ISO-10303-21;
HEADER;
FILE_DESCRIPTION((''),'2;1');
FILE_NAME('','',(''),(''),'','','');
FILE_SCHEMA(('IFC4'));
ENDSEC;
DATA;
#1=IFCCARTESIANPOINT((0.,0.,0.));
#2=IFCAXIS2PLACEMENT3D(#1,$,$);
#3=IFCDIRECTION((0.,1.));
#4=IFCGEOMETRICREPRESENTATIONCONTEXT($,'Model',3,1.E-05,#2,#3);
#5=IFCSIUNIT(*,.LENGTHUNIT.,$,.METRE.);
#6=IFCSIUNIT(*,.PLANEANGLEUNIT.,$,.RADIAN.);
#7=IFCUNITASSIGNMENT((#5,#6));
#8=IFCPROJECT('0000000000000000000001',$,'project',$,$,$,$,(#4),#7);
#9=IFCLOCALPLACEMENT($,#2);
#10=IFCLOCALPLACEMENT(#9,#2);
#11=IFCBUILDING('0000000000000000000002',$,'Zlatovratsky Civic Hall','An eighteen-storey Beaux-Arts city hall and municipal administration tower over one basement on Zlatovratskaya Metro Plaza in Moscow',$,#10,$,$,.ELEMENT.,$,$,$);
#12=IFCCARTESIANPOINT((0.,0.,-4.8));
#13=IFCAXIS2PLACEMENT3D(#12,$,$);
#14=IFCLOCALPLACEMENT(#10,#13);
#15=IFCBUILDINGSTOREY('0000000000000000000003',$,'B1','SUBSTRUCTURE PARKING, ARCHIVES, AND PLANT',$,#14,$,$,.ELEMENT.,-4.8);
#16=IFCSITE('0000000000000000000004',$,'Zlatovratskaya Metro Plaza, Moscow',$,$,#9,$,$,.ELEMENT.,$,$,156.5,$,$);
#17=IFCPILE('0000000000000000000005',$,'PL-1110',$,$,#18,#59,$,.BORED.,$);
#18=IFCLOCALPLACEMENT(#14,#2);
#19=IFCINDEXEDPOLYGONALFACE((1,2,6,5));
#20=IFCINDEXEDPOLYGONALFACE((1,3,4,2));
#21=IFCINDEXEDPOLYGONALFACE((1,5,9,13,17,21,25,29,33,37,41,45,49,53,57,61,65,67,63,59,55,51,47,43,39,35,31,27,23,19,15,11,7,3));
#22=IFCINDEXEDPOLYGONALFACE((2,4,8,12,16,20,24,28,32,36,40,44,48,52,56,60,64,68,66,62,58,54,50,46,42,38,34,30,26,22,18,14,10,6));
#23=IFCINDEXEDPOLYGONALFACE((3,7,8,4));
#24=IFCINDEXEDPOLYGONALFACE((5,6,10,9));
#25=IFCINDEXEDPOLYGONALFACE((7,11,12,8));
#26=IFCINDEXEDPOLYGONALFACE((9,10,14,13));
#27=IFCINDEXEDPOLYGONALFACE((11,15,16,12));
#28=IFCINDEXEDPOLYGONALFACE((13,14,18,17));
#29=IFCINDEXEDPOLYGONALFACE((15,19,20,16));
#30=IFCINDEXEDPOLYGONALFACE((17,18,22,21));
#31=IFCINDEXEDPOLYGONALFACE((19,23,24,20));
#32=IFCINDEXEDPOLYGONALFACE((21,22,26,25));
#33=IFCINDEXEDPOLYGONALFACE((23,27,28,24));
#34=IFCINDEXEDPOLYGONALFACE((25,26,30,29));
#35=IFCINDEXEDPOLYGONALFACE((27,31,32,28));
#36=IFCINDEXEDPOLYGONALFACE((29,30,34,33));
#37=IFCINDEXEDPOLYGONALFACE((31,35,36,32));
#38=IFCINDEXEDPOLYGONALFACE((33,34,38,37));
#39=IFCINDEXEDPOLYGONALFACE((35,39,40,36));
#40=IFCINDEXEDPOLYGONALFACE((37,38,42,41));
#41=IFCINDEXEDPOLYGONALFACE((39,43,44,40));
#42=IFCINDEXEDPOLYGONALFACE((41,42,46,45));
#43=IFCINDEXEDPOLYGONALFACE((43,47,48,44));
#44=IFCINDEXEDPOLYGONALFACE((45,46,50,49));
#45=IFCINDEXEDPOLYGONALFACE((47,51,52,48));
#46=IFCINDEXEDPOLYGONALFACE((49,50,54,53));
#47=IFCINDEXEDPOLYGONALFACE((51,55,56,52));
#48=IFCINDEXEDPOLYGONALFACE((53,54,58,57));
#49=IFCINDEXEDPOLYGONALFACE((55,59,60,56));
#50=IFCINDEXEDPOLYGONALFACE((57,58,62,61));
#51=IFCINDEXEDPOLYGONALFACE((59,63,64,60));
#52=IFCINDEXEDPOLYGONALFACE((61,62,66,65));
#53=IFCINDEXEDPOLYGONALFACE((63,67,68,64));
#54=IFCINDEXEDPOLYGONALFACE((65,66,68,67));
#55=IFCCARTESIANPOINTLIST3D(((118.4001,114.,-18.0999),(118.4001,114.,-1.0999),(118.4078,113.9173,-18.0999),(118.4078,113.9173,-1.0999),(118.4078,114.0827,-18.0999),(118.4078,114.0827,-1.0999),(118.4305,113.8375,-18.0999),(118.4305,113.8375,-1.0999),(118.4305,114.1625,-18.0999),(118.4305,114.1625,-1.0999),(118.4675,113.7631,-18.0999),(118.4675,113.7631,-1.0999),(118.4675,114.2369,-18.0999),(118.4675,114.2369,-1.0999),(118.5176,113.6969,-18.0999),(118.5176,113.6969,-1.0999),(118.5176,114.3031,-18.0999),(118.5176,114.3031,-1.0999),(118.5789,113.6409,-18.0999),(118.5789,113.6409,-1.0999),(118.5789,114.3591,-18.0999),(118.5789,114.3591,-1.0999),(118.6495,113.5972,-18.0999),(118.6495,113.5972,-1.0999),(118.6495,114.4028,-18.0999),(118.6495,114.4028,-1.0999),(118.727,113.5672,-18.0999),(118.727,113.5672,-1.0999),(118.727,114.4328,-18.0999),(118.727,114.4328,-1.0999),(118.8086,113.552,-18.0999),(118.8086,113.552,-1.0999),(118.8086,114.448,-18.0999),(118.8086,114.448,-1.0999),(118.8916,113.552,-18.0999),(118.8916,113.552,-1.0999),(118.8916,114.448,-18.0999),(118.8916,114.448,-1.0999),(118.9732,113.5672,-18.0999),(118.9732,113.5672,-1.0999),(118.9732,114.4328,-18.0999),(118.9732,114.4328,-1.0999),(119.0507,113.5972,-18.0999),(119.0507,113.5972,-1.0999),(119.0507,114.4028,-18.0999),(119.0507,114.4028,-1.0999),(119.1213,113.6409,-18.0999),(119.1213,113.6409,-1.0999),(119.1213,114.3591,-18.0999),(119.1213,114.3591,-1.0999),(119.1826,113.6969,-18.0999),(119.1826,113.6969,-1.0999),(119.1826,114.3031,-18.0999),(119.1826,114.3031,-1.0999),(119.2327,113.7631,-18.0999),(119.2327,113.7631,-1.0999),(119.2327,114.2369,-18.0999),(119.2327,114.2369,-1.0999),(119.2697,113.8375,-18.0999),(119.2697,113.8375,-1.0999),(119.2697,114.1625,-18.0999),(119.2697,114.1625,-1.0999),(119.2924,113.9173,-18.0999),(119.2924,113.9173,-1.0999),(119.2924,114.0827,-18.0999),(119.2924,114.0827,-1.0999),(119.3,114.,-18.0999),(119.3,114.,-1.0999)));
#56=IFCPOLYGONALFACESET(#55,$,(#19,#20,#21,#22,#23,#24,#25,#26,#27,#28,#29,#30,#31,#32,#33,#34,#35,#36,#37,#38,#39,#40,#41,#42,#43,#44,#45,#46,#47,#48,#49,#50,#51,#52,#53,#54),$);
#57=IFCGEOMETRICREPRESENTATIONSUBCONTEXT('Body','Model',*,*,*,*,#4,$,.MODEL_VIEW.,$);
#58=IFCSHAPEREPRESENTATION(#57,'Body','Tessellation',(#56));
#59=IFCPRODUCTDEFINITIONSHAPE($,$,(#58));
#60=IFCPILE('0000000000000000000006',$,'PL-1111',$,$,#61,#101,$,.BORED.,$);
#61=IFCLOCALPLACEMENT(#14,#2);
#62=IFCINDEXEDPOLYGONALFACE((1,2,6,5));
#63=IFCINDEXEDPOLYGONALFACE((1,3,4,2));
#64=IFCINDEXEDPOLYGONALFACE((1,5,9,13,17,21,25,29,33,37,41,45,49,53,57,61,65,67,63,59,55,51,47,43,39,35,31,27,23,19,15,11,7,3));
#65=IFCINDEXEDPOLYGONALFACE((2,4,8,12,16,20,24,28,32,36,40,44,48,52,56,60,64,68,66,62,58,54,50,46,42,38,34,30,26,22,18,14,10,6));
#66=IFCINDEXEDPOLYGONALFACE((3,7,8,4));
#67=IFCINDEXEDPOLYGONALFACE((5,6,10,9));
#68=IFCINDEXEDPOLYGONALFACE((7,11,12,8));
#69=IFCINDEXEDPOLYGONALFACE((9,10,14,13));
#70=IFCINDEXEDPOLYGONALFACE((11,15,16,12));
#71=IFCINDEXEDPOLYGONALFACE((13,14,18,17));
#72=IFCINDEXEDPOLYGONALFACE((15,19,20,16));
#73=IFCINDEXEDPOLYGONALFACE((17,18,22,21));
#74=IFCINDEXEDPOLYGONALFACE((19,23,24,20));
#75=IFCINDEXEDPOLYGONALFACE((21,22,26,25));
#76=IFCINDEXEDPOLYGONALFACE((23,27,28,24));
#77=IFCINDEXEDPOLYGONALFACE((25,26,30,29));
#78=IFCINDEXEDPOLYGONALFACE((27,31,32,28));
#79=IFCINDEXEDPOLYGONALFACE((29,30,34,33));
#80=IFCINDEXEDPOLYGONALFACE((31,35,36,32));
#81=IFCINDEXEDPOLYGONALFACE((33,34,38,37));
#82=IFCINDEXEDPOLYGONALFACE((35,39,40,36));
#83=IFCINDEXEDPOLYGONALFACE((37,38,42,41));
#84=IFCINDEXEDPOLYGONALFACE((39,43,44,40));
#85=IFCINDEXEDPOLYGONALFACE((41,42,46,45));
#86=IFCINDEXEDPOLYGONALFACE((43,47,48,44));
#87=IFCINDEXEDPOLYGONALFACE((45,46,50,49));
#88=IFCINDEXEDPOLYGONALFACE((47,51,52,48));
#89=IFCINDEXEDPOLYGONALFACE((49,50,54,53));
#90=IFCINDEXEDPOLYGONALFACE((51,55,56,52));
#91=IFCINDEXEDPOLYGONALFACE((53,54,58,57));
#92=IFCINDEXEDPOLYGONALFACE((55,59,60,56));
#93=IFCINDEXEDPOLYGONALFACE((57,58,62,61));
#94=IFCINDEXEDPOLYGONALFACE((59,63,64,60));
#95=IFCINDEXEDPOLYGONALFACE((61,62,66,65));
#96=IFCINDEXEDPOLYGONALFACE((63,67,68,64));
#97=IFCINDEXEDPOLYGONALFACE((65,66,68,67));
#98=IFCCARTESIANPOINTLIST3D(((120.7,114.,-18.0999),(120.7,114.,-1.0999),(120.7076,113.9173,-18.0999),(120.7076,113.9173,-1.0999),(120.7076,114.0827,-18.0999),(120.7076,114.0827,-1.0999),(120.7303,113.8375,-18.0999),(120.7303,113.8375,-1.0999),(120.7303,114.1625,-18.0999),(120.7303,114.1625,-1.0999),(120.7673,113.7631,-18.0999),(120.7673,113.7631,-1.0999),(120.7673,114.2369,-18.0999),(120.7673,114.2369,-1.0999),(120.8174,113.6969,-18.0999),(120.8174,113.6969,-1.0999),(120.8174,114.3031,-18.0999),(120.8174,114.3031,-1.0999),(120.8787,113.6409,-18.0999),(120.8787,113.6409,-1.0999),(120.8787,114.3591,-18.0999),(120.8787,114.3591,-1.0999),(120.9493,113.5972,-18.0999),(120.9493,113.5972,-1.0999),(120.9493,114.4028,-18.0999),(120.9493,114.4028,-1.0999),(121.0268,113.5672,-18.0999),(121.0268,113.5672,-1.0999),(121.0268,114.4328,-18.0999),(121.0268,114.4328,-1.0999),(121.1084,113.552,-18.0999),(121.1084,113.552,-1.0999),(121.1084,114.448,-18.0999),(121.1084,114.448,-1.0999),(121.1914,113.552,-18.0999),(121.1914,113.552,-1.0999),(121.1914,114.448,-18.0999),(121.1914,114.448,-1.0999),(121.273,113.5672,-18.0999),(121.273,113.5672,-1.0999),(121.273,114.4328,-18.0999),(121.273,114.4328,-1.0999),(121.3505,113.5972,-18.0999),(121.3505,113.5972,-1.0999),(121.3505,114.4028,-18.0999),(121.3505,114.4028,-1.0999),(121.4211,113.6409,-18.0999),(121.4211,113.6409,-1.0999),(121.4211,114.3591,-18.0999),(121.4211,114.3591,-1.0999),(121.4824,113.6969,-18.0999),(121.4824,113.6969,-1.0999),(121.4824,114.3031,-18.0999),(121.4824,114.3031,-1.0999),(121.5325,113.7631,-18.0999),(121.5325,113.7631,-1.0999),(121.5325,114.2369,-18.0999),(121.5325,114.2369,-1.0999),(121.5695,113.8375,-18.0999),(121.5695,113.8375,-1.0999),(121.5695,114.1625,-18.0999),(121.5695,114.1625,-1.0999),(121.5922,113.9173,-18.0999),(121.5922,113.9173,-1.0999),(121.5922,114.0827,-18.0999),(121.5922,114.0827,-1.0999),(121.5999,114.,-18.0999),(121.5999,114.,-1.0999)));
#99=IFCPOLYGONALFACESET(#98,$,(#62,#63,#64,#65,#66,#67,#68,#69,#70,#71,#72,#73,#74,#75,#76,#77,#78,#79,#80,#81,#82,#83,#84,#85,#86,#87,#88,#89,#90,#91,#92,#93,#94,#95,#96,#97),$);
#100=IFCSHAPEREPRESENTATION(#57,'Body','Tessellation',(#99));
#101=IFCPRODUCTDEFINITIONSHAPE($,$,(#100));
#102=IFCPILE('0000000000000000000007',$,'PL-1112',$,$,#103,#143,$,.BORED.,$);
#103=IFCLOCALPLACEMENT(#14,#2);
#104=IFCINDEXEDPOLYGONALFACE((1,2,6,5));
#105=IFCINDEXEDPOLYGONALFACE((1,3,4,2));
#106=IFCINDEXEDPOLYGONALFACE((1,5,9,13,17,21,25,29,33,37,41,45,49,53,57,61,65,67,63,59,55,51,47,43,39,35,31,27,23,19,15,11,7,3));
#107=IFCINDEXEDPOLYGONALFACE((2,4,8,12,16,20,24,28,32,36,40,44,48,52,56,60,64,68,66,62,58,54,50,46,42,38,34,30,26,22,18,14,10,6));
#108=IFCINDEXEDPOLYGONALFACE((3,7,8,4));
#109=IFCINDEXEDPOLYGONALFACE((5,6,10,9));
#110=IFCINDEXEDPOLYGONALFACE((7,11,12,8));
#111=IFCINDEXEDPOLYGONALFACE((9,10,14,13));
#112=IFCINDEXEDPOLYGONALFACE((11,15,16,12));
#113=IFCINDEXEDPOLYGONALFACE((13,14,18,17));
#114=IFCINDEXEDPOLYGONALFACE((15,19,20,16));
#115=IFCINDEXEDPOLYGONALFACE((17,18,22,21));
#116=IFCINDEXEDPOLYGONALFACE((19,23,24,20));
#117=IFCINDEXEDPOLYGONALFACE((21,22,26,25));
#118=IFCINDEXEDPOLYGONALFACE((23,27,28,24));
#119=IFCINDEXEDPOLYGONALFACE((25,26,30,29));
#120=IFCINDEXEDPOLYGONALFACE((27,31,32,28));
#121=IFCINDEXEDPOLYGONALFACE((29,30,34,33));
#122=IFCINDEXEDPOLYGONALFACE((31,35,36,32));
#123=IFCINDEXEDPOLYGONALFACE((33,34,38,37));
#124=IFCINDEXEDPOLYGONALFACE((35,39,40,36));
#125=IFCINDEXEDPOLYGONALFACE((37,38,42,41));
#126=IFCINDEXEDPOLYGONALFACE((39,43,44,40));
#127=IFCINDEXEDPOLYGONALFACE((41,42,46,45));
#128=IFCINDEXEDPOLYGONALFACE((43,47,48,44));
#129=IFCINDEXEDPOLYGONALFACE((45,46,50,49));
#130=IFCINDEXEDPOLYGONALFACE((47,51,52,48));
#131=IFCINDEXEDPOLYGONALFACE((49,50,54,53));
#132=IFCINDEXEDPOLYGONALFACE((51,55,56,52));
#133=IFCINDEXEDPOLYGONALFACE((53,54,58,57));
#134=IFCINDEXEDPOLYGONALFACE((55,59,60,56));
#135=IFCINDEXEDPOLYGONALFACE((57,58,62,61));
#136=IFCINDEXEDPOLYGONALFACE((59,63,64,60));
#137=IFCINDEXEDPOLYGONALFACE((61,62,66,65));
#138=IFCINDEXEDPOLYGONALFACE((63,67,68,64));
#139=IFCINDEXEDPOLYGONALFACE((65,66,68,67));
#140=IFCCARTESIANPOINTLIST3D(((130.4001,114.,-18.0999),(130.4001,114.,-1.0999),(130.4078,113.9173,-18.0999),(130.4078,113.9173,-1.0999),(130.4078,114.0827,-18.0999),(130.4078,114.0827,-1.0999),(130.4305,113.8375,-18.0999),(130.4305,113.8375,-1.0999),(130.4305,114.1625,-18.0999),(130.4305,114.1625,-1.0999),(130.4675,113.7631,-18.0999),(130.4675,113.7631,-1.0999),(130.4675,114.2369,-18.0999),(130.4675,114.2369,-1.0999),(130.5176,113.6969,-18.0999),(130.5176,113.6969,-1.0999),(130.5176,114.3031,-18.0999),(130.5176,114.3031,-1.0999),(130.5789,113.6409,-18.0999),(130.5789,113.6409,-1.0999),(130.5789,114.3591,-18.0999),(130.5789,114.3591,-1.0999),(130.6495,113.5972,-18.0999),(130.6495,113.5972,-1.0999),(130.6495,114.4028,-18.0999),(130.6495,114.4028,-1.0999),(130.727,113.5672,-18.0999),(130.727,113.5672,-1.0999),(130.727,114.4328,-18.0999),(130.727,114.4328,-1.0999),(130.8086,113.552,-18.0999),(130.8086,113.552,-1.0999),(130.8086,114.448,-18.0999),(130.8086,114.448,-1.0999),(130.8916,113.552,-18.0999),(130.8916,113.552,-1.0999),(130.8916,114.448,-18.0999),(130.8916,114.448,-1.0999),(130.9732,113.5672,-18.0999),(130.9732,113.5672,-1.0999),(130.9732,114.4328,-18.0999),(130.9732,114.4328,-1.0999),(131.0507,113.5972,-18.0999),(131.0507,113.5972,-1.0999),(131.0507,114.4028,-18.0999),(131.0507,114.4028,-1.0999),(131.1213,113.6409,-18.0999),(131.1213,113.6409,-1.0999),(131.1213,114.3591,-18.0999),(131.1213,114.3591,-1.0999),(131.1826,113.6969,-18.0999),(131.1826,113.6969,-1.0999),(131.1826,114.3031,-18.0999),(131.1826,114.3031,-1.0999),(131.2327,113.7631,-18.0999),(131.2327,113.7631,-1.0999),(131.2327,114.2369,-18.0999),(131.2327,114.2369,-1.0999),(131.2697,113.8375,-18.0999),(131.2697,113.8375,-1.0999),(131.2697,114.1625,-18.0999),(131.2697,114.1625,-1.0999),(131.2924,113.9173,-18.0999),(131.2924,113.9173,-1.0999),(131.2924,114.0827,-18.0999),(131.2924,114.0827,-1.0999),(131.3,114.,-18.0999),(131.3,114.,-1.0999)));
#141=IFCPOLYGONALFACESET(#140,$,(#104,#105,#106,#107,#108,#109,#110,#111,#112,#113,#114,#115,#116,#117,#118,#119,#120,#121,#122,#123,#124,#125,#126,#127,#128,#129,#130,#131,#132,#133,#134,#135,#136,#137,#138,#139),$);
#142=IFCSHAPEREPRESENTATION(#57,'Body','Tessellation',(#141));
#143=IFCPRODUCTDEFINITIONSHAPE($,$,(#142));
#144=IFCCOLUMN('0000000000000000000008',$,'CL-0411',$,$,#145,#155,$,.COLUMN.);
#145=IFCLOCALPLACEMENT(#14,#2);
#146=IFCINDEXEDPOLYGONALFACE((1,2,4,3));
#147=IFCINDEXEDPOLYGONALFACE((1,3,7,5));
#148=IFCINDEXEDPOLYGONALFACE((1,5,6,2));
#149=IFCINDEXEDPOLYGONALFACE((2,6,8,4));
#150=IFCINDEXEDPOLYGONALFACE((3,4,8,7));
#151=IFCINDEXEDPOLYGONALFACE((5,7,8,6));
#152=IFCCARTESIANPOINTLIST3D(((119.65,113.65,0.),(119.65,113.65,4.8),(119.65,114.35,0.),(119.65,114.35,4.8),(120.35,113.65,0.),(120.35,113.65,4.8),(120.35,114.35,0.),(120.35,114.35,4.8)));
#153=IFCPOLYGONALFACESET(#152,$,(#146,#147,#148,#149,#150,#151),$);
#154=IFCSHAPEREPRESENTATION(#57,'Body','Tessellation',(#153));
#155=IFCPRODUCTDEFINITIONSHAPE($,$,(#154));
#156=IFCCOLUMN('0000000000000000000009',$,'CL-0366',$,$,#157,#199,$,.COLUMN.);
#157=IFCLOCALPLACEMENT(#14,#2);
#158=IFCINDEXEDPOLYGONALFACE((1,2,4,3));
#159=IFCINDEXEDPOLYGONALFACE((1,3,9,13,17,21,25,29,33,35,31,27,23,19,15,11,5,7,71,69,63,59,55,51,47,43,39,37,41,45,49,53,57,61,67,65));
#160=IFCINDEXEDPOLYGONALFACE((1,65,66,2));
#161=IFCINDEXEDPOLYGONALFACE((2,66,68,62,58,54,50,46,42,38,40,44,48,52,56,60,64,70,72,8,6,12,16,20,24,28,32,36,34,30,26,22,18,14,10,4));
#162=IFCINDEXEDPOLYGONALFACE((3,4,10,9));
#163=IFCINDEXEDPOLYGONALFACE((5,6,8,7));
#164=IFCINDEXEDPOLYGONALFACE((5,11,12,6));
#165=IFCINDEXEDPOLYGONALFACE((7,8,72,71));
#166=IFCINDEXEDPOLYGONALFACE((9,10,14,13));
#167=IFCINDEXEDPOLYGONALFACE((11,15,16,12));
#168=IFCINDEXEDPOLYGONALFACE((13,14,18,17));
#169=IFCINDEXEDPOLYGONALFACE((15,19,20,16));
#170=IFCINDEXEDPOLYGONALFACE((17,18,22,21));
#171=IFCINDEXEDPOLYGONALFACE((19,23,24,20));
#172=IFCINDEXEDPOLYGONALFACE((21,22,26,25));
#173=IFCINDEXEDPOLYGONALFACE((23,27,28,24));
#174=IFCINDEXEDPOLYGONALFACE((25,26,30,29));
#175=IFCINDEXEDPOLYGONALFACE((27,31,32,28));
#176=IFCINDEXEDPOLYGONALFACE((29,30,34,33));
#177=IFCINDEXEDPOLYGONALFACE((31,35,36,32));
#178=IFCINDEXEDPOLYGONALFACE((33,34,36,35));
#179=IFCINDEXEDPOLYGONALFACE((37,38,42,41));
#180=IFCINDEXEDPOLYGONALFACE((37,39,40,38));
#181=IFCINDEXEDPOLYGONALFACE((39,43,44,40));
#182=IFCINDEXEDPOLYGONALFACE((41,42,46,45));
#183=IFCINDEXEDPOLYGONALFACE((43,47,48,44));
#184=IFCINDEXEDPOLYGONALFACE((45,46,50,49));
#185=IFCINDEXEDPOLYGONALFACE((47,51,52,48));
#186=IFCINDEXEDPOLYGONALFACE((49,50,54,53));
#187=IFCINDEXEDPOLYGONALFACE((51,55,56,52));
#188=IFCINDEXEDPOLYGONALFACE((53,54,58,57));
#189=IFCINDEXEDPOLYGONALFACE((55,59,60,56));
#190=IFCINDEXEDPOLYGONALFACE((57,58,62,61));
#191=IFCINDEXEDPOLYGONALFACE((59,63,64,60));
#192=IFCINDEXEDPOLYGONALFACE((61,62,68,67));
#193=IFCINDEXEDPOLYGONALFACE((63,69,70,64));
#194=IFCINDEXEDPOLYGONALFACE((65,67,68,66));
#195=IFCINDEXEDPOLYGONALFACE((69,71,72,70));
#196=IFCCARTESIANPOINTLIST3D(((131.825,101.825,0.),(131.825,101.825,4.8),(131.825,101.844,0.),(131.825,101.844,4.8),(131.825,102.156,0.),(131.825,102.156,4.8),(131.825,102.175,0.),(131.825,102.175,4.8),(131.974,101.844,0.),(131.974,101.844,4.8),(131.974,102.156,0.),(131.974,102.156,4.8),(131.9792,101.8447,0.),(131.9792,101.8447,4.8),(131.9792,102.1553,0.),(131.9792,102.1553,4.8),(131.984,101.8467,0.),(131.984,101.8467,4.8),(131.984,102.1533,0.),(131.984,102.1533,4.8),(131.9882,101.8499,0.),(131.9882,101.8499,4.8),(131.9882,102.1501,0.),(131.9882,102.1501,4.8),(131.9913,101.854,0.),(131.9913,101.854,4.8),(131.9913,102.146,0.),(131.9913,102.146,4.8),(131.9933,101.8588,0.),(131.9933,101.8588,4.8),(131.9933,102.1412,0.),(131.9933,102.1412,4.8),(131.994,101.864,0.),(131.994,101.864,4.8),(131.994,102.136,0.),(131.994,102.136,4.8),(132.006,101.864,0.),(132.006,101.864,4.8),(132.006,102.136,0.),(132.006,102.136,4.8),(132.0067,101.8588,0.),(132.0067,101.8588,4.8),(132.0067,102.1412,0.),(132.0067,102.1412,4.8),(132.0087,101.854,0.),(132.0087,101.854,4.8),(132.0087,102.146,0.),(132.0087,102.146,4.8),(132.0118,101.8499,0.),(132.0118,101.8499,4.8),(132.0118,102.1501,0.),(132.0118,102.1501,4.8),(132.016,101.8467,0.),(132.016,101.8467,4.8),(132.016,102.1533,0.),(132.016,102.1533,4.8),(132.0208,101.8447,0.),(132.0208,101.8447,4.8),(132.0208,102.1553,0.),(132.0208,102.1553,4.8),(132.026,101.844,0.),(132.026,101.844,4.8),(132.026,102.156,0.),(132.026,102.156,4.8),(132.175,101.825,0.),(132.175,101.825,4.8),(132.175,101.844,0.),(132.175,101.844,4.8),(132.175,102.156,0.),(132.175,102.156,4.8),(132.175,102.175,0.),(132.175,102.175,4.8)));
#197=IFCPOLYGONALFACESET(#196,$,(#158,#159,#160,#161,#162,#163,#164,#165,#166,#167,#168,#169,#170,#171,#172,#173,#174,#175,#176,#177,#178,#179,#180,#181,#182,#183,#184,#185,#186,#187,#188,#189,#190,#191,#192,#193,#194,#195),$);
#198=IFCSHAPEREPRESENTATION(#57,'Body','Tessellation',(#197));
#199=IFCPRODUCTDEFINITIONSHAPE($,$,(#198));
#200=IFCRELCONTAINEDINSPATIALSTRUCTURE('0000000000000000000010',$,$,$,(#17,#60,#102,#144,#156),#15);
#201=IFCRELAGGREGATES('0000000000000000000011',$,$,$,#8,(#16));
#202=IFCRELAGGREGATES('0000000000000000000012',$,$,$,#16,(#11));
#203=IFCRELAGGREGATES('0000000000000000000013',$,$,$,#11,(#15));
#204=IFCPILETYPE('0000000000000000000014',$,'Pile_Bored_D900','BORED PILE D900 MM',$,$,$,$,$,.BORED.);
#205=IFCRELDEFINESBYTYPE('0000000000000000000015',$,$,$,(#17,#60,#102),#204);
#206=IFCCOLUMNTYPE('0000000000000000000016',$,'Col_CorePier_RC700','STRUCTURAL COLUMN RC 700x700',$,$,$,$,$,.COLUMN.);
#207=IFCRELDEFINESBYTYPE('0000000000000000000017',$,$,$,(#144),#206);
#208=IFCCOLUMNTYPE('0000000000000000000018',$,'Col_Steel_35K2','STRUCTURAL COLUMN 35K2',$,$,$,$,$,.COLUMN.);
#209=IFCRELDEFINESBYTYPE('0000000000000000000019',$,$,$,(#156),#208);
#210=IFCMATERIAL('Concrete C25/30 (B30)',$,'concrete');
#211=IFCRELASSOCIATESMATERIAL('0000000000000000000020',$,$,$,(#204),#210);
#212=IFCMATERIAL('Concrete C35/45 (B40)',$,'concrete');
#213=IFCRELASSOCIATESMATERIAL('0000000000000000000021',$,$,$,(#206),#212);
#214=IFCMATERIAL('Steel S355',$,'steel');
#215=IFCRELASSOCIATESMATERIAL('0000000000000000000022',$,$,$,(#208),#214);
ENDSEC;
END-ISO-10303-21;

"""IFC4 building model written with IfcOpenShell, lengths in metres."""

from ifc_helpers import new_model, si_unit, direction, frame, origin, origin_2d, place, context, subcontext, project, spatial, rectangle, circle, i_section, extrude, material, material_profile, profile_set, type_object, element, save


model = new_model("IFC4")

# Units and contexts
model_context = context("Model", 3, precision=1e-05, world=origin(), true_north=direction((0.0, 1.0)))
body_context = subcontext(model_context, "Body", "Model", "MODEL_VIEW")
ifc_project = project(units=[si_unit("LENGTHUNIT", "METRE"), si_unit("PLANEANGLEUNIT", "RADIAN")], contexts=[model_context])

# Site, building, storey
site_placement = place(None, origin())
site = spatial("IfcSite", under=ifc_project, at=site_placement, Name="Zlatovratskaya Metro Plaza, Moscow", CompositionType="ELEMENT", RefElevation=156.5)
building_placement = place(site_placement, origin())
building = spatial("IfcBuilding", under=site, at=building_placement, Name="Zlatovratsky Civic Hall", Description="An eighteen-storey Beaux-Arts city hall and municipal administration tower over one basement on Zlatovratskaya Metro Plaza in Moscow", CompositionType="ELEMENT")
storey_placement = place(building_placement, frame((0.0, 0.0, -4.8)))
storey = spatial("IfcBuildingStorey", under=building, at=storey_placement, Name="B1", Description="SUBSTRUCTURE PARKING, ARCHIVES, AND PLANT", CompositionType="ELEMENT", Elevation=-4.8)

# Shared definitions
ifc_material_1 = material(Name="Concrete C25/30 (B30)", Category="concrete")

# Piles
ifc_material_profile_1 = material_profile(ifc_material_1, circle(Radius=0.45, at=origin_2d()), Name="PILE D900")
ifc_profile_set_1 = profile_set([ifc_material_profile_1], Name="Concrete C25/30 (B30)")
pile_type_1 = type_object("IfcPileType", Name="Pile_Bored_D900", Description="BORED PILE D900 MM", PredefinedType="BORED", material=ifc_profile_set_1)
for number, where, z_axis, x_axis, name in (
    (1, (118.8501, 114.0, -1.0999), (0.0, 0.0, -1.0), (1.0, 0.0, 0.0), "PL-1110"),
    (2, (121.1499, 114.0, -1.0999), (0.0, 0.0, -1.0), (1.0, 0.0, 0.0), "PL-1111"),
    (3, (130.8501, 114.0, -1.0999), (0.0, 0.0, -1.0), (1.0, 0.0, 0.0), "PL-1112"),
):
    element("IfcPile", number, at=place(storey_placement, frame(where, z_axis=z_axis, x_axis=x_axis)), inside=storey, type_object=pile_type_1, Name=name, PredefinedType="BORED", context=body_context, shape_type="SweptSolid", body=[
        extrude(circle(Radius=0.45, at=origin_2d()), origin(), (0.0, 0.0, 1.0), 17.0),
    ])

# Columns
ifc_material_2 = material(Name="Concrete C35/45 (B40)", Category="concrete")
ifc_material_profile_2 = material_profile(ifc_material_2, rectangle(XDim=0.7, YDim=0.7, at=origin_2d()), Name="RC 700x700")
ifc_profile_set_2 = profile_set([ifc_material_profile_2], Name="Concrete C35/45 (B40)")
column_type_1 = type_object("IfcColumnType", Name="Col_CorePier_RC700", Description="STRUCTURAL COLUMN RC 700x700", PredefinedType="COLUMN", material=ifc_profile_set_2)
column_placement = place(storey_placement, frame((120.0, 114.0, 0.0), z_axis=(0.0, 0.0, 1.0), x_axis=(1.0, 0.0, 0.0)))
element("IfcColumn", 4, at=column_placement, inside=storey, type_object=column_type_1, Name="CL-0411", PredefinedType="COLUMN", context=body_context, shape_type="SweptSolid", body=[
    extrude(rectangle(XDim=0.7, YDim=0.7, at=origin_2d()), origin(), (0.0, 0.0, 1.0), 4.8),
])
ifc_material_3 = material(Name="Steel S355", Category="steel")
ifc_material_profile_3 = material_profile(ifc_material_3, i_section(OverallWidth=0.3501, OverallDepth=0.3501, WebThickness=0.012, FlangeThickness=0.019, FilletRadius=0.02, at=origin_2d()), Name="35K2")
ifc_profile_set_3 = profile_set([ifc_material_profile_3], Name="Steel S355")
column_type_2 = type_object("IfcColumnType", Name="Col_Steel_35K2", Description="STRUCTURAL COLUMN 35K2", PredefinedType="COLUMN", material=ifc_profile_set_3)
for number, where, z_axis, x_axis, name in (
    (5, (132.0, 102.0, 0.0), (0.0, 0.0, 1.0), (1.0, 0.0, 0.0), "CL-0366"),
):
    element("IfcColumn", number, at=place(storey_placement, frame(where, z_axis=z_axis, x_axis=x_axis)), inside=storey, type_object=column_type_2, Name=name, PredefinedType="COLUMN", context=body_context, shape_type="SweptSolid", body=[
        extrude(i_section(OverallWidth=0.3501, OverallDepth=0.3501, WebThickness=0.012, FlangeThickness=0.019, FilletRadius=0.02, at=origin_2d()), origin(), (0.0, 0.0, 1.0), 4.8),
    ])

save(model, "model.ifc")
